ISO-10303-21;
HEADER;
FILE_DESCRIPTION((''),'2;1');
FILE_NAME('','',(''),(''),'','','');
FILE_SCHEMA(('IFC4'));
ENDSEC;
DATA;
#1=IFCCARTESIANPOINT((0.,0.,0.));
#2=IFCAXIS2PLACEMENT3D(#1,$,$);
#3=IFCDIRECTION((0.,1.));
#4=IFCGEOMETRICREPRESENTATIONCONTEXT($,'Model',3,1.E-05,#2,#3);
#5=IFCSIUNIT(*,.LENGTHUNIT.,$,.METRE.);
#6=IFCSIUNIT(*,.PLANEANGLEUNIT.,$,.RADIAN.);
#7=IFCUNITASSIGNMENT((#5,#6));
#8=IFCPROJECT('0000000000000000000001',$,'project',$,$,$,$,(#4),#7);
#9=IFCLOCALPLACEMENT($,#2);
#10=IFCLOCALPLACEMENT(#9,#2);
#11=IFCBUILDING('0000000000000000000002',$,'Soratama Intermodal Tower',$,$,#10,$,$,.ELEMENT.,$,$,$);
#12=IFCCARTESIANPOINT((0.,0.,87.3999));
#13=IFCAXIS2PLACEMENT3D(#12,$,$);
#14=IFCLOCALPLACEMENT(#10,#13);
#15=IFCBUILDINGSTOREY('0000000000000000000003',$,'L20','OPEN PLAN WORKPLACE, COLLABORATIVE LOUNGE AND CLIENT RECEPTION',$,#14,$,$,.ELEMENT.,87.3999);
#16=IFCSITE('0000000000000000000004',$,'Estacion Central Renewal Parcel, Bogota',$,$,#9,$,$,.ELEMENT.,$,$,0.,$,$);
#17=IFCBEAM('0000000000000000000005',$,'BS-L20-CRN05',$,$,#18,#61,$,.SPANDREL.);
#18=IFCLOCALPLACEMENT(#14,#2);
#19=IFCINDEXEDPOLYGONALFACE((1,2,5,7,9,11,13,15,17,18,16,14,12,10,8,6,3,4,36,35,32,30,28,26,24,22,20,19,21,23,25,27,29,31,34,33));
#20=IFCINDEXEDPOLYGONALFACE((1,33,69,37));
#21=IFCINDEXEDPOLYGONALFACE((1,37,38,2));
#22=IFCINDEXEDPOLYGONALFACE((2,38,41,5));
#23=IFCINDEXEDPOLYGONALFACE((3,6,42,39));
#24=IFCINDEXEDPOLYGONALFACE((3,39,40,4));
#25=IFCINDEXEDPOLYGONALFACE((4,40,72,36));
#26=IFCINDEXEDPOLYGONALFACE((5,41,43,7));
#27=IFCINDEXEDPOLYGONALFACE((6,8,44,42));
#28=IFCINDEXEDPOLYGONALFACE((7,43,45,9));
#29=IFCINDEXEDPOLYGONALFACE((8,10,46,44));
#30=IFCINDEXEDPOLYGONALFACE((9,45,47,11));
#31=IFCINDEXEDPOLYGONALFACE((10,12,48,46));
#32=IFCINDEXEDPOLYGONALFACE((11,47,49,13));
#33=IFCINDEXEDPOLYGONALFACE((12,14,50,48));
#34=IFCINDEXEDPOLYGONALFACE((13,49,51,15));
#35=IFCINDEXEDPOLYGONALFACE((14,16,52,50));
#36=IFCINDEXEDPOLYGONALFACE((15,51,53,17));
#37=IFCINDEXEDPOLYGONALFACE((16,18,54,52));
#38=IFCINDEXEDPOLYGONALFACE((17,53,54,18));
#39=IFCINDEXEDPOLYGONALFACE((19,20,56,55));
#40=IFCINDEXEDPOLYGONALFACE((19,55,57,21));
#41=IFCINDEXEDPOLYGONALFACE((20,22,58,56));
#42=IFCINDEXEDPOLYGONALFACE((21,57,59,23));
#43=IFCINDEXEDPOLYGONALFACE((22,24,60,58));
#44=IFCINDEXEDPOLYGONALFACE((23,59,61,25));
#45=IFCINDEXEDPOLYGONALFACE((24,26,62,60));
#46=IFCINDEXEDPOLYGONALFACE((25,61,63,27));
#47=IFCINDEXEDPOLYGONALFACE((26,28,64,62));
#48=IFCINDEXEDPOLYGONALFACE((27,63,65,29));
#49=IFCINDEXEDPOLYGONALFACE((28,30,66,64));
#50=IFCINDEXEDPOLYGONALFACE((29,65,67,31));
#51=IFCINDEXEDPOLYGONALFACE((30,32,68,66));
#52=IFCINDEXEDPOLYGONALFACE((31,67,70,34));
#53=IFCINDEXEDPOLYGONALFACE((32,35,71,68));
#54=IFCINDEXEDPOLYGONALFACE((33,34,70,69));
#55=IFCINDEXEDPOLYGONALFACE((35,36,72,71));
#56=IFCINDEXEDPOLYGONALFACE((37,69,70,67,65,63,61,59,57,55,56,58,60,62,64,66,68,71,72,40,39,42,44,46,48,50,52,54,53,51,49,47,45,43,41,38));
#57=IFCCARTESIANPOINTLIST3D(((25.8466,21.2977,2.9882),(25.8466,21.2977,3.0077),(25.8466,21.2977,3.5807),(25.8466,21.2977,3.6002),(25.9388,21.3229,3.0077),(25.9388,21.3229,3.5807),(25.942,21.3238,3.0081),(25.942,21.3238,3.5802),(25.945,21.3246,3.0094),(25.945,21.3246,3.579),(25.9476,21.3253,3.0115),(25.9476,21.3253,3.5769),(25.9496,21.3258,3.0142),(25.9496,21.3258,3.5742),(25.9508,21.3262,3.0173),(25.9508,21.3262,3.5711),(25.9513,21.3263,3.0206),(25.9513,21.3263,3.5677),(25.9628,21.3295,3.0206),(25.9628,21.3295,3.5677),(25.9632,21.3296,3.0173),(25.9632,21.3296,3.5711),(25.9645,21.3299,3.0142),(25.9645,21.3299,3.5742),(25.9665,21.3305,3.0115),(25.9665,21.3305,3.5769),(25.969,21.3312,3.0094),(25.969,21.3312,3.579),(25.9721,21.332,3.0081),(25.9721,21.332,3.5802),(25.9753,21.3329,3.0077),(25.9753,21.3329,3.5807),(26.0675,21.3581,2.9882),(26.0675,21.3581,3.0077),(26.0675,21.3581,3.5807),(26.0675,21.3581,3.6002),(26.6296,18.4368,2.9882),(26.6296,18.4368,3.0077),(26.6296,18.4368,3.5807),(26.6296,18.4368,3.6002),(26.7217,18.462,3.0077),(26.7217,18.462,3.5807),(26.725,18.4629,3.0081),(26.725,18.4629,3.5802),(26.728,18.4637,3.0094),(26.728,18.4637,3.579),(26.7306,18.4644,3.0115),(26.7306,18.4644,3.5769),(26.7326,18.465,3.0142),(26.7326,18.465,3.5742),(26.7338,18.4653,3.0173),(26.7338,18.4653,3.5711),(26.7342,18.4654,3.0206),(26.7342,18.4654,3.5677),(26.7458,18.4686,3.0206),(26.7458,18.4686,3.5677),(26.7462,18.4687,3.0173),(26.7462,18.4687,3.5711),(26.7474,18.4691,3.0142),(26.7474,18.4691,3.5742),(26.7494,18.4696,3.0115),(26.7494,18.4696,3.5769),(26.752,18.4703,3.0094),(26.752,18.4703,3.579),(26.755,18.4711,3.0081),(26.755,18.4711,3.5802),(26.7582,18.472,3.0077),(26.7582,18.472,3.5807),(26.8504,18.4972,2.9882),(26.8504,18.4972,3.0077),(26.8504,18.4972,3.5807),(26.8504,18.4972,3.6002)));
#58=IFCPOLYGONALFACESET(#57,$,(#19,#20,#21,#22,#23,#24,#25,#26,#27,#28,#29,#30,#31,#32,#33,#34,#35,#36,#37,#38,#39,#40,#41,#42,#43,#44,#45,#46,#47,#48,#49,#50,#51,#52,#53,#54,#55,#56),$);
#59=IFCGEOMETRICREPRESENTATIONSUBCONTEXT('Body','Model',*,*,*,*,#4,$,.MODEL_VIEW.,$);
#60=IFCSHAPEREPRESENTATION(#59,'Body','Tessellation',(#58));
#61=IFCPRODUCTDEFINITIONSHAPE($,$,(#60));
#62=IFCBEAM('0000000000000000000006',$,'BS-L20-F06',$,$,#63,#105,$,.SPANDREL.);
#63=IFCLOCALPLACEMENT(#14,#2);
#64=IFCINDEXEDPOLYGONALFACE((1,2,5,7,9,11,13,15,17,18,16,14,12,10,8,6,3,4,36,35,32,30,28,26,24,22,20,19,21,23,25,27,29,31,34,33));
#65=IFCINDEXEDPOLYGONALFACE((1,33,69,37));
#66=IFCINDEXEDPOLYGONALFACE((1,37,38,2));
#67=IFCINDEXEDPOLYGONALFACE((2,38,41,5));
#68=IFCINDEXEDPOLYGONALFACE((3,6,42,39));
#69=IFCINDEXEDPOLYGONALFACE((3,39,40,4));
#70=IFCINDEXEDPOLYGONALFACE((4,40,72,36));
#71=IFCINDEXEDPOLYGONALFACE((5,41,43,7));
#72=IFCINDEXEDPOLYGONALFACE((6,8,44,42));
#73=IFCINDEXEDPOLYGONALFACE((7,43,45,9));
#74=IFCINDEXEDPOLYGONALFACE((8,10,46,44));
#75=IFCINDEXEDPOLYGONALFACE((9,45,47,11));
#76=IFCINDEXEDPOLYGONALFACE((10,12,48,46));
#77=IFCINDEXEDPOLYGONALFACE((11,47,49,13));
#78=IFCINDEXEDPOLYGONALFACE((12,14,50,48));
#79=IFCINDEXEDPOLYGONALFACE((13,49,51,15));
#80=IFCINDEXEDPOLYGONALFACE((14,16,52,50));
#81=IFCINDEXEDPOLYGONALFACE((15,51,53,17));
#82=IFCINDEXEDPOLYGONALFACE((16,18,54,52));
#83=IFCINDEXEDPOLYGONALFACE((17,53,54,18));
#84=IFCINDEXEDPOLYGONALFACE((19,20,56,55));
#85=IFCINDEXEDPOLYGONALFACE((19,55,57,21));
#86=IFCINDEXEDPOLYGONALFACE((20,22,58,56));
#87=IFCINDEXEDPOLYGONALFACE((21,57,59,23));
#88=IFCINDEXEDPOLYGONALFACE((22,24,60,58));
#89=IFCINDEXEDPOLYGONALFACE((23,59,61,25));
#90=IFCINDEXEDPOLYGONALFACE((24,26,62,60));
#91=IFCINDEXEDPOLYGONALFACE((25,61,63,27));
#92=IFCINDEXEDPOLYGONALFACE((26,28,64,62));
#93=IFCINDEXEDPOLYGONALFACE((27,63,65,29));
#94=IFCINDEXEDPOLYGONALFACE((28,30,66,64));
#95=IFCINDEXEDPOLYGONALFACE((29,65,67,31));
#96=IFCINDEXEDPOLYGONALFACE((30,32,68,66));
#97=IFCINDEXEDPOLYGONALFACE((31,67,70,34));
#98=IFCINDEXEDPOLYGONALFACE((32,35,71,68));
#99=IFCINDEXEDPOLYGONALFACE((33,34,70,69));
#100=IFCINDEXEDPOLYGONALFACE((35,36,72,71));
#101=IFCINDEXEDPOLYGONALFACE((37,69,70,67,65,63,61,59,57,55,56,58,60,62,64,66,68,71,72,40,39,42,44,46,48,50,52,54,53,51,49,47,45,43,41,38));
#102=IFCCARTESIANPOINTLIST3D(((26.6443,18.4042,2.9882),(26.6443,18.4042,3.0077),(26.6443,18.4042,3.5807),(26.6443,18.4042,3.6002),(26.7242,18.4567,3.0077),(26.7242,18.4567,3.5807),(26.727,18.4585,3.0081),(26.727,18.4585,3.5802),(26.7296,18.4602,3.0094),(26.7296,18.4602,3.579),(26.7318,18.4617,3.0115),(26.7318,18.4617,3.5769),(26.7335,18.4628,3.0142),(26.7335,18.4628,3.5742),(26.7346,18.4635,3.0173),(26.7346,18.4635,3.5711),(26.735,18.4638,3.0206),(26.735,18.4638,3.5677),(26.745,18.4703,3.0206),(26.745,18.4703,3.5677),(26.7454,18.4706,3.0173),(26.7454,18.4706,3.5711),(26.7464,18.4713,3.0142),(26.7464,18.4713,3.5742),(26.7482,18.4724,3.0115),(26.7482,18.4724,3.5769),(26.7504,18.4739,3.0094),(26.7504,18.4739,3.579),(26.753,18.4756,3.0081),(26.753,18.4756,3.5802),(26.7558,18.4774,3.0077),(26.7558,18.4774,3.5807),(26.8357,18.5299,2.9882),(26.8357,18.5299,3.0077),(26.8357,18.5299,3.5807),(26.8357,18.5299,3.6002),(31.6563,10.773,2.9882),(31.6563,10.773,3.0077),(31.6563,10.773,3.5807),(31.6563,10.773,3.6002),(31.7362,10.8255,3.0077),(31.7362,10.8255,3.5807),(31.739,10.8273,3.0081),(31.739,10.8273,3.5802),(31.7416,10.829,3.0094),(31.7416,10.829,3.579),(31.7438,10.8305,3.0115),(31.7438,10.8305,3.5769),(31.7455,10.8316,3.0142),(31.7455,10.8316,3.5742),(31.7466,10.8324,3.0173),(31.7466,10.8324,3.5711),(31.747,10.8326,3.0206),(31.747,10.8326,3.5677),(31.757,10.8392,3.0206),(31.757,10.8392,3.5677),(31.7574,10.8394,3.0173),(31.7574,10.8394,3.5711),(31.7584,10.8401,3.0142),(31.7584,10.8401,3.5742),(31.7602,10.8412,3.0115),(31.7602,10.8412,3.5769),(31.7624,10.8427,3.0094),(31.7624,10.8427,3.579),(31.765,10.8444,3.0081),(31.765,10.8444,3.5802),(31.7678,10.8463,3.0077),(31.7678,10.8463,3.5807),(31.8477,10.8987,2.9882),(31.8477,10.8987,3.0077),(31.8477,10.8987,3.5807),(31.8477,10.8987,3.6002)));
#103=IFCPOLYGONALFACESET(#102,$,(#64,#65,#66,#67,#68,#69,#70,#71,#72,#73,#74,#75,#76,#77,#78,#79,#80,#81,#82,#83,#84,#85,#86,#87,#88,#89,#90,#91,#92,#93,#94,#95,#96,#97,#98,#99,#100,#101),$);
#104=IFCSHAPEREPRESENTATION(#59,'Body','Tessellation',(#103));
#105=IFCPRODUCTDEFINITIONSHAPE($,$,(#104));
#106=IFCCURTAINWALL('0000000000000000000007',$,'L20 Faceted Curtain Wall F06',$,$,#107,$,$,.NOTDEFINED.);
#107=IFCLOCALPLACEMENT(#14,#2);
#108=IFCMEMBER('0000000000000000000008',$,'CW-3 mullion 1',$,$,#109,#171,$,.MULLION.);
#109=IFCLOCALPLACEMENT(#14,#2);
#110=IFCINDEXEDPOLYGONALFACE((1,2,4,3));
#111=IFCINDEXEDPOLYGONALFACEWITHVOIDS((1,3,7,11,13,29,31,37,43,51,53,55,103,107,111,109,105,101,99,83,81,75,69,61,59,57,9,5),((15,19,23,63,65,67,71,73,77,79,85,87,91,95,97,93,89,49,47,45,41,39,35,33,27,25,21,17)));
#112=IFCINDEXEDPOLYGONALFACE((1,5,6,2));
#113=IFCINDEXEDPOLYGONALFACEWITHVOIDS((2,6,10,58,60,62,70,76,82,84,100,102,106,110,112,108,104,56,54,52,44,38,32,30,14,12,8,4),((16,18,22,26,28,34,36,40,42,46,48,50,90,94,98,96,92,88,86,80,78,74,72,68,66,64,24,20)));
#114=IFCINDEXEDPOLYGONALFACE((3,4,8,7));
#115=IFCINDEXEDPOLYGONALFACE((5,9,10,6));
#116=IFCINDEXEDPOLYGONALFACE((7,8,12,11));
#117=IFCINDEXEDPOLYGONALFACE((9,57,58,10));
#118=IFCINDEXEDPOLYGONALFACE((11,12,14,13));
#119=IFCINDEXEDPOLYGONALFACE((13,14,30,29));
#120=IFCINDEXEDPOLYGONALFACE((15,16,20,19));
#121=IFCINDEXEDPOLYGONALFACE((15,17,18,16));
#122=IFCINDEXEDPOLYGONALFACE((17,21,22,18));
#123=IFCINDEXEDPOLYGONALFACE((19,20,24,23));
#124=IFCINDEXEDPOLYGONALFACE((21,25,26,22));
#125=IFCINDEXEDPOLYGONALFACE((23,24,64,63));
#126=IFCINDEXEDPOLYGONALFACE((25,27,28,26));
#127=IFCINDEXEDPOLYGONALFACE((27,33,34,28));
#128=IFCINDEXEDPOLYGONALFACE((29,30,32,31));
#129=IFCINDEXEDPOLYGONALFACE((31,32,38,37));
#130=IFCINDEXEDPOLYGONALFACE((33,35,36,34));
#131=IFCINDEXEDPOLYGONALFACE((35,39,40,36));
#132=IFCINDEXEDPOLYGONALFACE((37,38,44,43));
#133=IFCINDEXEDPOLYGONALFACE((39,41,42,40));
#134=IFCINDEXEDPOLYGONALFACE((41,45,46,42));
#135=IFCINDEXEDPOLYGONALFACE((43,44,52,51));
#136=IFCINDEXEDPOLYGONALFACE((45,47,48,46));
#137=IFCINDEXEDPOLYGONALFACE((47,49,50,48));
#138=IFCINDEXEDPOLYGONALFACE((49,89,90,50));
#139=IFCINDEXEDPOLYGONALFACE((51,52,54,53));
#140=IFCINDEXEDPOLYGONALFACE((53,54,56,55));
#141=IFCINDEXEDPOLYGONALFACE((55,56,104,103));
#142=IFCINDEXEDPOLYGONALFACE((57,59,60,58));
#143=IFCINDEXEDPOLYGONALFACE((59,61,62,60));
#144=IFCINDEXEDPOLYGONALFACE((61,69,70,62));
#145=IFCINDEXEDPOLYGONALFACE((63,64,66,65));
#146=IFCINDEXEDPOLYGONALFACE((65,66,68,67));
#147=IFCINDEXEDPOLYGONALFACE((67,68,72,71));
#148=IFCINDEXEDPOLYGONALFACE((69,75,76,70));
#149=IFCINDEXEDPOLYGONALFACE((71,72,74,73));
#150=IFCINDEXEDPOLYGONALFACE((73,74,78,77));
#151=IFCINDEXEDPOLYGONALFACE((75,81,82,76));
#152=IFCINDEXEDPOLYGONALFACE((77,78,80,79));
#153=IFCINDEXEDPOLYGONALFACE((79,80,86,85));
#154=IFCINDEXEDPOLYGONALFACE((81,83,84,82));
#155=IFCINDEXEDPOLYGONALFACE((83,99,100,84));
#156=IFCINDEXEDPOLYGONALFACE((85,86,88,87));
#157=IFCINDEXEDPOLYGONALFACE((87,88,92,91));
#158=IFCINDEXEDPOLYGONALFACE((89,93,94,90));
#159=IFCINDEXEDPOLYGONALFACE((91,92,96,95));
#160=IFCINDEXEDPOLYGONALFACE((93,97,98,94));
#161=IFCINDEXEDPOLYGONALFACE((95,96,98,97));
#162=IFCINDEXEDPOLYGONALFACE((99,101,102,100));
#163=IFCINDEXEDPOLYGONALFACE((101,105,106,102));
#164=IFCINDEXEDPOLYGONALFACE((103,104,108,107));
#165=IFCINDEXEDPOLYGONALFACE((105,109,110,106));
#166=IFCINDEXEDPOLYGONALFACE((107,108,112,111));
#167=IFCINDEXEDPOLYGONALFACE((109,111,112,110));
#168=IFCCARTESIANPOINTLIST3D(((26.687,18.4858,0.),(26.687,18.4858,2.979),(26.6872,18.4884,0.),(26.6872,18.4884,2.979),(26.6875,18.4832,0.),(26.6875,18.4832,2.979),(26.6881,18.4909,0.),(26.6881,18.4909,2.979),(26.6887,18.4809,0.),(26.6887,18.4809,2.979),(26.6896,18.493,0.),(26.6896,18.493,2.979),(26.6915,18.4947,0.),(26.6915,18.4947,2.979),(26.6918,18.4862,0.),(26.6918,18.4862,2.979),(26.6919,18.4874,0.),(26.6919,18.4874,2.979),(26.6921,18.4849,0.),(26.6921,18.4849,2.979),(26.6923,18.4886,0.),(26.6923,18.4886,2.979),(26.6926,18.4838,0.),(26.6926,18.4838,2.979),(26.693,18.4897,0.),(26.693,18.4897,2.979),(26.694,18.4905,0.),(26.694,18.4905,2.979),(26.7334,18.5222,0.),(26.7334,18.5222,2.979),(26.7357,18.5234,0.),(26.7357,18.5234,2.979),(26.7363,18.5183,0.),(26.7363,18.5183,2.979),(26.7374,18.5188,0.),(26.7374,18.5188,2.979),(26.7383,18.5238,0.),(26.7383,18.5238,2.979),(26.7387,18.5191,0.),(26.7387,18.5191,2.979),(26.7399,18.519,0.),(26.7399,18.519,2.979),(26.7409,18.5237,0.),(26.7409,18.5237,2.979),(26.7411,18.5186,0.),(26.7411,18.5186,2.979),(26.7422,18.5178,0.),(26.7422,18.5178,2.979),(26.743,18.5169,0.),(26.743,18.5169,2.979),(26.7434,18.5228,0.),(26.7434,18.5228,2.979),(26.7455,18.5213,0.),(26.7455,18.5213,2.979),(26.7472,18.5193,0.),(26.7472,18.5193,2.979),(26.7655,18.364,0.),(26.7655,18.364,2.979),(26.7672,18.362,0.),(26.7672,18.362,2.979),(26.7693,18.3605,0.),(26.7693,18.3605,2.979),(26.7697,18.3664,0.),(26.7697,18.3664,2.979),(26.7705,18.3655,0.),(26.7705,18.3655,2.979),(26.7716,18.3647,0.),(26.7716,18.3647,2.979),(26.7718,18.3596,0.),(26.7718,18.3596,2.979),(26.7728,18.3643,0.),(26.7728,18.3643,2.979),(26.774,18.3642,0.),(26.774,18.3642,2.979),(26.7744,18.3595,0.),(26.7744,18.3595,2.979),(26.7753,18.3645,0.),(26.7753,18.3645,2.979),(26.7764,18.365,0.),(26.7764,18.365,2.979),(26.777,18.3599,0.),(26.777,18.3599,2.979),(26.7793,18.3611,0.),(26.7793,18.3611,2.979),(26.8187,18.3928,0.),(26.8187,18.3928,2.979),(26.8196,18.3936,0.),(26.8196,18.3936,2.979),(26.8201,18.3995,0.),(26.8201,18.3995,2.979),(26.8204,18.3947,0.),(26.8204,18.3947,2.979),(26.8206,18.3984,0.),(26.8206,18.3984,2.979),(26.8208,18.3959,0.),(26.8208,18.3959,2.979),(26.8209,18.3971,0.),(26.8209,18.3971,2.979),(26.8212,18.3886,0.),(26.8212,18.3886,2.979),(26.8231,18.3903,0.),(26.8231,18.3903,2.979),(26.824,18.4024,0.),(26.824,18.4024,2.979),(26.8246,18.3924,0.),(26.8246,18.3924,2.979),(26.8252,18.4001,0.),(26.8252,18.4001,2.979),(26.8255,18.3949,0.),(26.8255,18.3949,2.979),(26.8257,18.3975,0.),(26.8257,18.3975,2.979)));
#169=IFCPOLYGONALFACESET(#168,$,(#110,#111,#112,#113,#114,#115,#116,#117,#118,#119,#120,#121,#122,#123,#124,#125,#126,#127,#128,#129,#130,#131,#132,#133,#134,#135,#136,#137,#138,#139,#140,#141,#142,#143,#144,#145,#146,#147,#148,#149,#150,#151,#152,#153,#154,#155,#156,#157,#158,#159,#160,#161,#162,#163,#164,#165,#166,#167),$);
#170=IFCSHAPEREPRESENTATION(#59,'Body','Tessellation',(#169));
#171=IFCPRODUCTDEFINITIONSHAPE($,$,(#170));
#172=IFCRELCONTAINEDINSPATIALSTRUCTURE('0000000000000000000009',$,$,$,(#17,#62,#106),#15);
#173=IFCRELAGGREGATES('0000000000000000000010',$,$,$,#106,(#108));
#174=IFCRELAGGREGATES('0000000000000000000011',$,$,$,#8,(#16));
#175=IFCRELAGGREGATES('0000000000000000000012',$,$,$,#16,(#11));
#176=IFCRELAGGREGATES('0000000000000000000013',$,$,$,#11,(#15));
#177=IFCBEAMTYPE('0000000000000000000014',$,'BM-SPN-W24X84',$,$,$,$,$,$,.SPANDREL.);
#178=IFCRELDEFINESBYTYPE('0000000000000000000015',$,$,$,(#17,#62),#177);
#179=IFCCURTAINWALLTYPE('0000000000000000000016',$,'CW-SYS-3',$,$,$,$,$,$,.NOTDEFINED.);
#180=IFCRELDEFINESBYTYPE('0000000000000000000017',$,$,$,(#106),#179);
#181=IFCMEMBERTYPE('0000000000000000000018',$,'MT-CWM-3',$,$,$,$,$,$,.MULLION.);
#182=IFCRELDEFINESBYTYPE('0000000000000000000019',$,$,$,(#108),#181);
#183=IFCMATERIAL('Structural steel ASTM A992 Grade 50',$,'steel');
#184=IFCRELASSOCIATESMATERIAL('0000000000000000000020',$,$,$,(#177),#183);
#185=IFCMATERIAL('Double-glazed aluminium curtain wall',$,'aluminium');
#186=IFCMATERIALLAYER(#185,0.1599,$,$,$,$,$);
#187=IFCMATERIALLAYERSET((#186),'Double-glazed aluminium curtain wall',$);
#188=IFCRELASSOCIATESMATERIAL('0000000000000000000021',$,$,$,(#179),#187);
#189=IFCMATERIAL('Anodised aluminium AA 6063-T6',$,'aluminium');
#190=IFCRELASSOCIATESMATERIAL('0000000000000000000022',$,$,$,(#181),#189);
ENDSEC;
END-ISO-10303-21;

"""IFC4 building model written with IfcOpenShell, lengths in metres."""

from ifc_helpers import new_model, si_unit, direction, frame, origin, origin_2d, place, context, subcontext, project, spatial, hollow_rectangle, i_section, extrude, material, layer, layer_set, material_profile, profile_set, type_object, element, aggregate, save


model = new_model("IFC4")

# Units and contexts
model_context = context("Model", 3, precision=1e-05, world=origin(), true_north=direction((0.0, 1.0)))
body_context = subcontext(model_context, "Body", "Model", "MODEL_VIEW")
ifc_project = project(units=[si_unit("LENGTHUNIT", "METRE"), si_unit("PLANEANGLEUNIT", "RADIAN")], contexts=[model_context])

# Site, building, storey
site_placement = place(None, origin())
site = spatial("IfcSite", under=ifc_project, at=site_placement, Name="Estacion Central Renewal Parcel, Bogota", CompositionType="ELEMENT", RefElevation=0.0)
building_placement = place(site_placement, origin())
building = spatial("IfcBuilding", under=site, at=building_placement, Name="Soratama Intermodal Tower", CompositionType="ELEMENT")
storey_placement = place(building_placement, frame((0.0, 0.0, 87.3999)))
storey = spatial("IfcBuildingStorey", under=building, at=storey_placement, Name="L20", Description="OPEN PLAN WORKPLACE, COLLABORATIVE LOUNGE AND CLIENT RECEPTION", CompositionType="ELEMENT", Elevation=87.3999)

# Beams
ifc_material_1 = material(Name="Structural steel ASTM A992 Grade 50", Category="steel")
ifc_material_profile_1 = material_profile(ifc_material_1, i_section(OverallWidth=0.229, OverallDepth=0.6121, WebThickness=0.012, FlangeThickness=0.0195, FilletRadius=0.0129, at=origin_2d()), Name="W24X84")
ifc_profile_set_1 = profile_set([ifc_material_profile_1], Name="Structural steel ASTM A992 Grade 50")
beam_type = type_object("IfcBeamType", Name="BM-SPN-W24X84", PredefinedType="SPANDREL", material=ifc_profile_set_1)
beam_1_placement = place(storey_placement, frame((25.957, 21.3279, 3.2942), z_axis=(0.263974, -0.96453, 0.0), x_axis=(0.96453, 0.263974, 0.0)))
element("IfcBeam", 1, at=beam_1_placement, inside=storey, type_object=beam_type, Name="BS-L20-CRN05", PredefinedType="SPANDREL", context=body_context, shape_type="SweptSolid", body=[
    extrude(i_section(OverallWidth=0.229, OverallDepth=0.6121, WebThickness=0.012, FlangeThickness=0.0195, FilletRadius=0.0129, at=origin_2d()), origin(), (0.0, 0.0, 1.0), 2.9661),
])
beam_2_placement = place(storey_placement, frame((26.74, 18.467, 3.2942), z_axis=(0.548967, -0.835844, 0.0), x_axis=(0.835844, 0.548967, 0.0)))
element("IfcBeam", 2, at=beam_2_placement, inside=storey, type_object=beam_type, Name="BS-L20-F06", PredefinedType="SPANDREL", context=body_context, shape_type="SweptSolid", body=[
    extrude(i_section(OverallWidth=0.229, OverallDepth=0.6121, WebThickness=0.012, FlangeThickness=0.0195, FilletRadius=0.0129, at=origin_2d()), origin(), (0.0, 0.0, 1.0), 9.1299),
])

# Curtain wall, member
ifc_material_2 = material(Name="Double-glazed aluminium curtain wall", Category="aluminium")
ifc_layer_1 = layer(ifc_material_2, 0.1599)
ifc_layer_set_1 = layer_set([ifc_layer_1], Name="Double-glazed aluminium curtain wall")
curtain_wall_type = type_object("IfcCurtainWallType", Name="CW-SYS-3", PredefinedType="NOTDEFINED", material=ifc_layer_set_1)
curtain_wall_placement = place(storey_placement, origin())
curtain_wall = element("IfcCurtainWall", 3, at=curtain_wall_placement, inside=storey, type_object=curtain_wall_type, Name="L20 Faceted Curtain Wall F06", PredefinedType="NOTDEFINED")
ifc_material_3 = material(Name="Anodised aluminium AA 6063-T6", Category="aluminium")
ifc_material_profile_2 = material_profile(ifc_material_3, hollow_rectangle(XDim=0.0701, YDim=0.1599, WallThickness=0.0049, InnerFilletRadius=0.0049, OuterFilletRadius=0.01, at=origin_2d()), Name="CWM160X70X5")
ifc_profile_set_2 = profile_set([ifc_material_profile_2], Name="Anodised aluminium AA 6063-T6")
member_type_1 = type_object("IfcMemberType", Name="MT-CWM-3", PredefinedType="MULLION", material=ifc_profile_set_2)
member_1_placement = place(storey_placement, frame((26.7563, 18.4417, 0.0), z_axis=(0.0, 0.0, 1.0), x_axis=(0.835807, 0.549023, 0.0)))
member_1 = element("IfcMember", 4, at=member_1_placement, type_object=member_type_1, Name="CW-3 mullion 1", PredefinedType="MULLION", context=body_context, shape_type="SweptSolid", body=[
    extrude(hollow_rectangle(XDim=0.0701, YDim=0.1599, WallThickness=0.0049, InnerFilletRadius=0.0049, OuterFilletRadius=0.01, at=origin_2d()), origin(), (0.0, 0.0, 1.0), 2.979),
])
aggregate(curtain_wall, [member_1])

save(model, "model.ifc")
